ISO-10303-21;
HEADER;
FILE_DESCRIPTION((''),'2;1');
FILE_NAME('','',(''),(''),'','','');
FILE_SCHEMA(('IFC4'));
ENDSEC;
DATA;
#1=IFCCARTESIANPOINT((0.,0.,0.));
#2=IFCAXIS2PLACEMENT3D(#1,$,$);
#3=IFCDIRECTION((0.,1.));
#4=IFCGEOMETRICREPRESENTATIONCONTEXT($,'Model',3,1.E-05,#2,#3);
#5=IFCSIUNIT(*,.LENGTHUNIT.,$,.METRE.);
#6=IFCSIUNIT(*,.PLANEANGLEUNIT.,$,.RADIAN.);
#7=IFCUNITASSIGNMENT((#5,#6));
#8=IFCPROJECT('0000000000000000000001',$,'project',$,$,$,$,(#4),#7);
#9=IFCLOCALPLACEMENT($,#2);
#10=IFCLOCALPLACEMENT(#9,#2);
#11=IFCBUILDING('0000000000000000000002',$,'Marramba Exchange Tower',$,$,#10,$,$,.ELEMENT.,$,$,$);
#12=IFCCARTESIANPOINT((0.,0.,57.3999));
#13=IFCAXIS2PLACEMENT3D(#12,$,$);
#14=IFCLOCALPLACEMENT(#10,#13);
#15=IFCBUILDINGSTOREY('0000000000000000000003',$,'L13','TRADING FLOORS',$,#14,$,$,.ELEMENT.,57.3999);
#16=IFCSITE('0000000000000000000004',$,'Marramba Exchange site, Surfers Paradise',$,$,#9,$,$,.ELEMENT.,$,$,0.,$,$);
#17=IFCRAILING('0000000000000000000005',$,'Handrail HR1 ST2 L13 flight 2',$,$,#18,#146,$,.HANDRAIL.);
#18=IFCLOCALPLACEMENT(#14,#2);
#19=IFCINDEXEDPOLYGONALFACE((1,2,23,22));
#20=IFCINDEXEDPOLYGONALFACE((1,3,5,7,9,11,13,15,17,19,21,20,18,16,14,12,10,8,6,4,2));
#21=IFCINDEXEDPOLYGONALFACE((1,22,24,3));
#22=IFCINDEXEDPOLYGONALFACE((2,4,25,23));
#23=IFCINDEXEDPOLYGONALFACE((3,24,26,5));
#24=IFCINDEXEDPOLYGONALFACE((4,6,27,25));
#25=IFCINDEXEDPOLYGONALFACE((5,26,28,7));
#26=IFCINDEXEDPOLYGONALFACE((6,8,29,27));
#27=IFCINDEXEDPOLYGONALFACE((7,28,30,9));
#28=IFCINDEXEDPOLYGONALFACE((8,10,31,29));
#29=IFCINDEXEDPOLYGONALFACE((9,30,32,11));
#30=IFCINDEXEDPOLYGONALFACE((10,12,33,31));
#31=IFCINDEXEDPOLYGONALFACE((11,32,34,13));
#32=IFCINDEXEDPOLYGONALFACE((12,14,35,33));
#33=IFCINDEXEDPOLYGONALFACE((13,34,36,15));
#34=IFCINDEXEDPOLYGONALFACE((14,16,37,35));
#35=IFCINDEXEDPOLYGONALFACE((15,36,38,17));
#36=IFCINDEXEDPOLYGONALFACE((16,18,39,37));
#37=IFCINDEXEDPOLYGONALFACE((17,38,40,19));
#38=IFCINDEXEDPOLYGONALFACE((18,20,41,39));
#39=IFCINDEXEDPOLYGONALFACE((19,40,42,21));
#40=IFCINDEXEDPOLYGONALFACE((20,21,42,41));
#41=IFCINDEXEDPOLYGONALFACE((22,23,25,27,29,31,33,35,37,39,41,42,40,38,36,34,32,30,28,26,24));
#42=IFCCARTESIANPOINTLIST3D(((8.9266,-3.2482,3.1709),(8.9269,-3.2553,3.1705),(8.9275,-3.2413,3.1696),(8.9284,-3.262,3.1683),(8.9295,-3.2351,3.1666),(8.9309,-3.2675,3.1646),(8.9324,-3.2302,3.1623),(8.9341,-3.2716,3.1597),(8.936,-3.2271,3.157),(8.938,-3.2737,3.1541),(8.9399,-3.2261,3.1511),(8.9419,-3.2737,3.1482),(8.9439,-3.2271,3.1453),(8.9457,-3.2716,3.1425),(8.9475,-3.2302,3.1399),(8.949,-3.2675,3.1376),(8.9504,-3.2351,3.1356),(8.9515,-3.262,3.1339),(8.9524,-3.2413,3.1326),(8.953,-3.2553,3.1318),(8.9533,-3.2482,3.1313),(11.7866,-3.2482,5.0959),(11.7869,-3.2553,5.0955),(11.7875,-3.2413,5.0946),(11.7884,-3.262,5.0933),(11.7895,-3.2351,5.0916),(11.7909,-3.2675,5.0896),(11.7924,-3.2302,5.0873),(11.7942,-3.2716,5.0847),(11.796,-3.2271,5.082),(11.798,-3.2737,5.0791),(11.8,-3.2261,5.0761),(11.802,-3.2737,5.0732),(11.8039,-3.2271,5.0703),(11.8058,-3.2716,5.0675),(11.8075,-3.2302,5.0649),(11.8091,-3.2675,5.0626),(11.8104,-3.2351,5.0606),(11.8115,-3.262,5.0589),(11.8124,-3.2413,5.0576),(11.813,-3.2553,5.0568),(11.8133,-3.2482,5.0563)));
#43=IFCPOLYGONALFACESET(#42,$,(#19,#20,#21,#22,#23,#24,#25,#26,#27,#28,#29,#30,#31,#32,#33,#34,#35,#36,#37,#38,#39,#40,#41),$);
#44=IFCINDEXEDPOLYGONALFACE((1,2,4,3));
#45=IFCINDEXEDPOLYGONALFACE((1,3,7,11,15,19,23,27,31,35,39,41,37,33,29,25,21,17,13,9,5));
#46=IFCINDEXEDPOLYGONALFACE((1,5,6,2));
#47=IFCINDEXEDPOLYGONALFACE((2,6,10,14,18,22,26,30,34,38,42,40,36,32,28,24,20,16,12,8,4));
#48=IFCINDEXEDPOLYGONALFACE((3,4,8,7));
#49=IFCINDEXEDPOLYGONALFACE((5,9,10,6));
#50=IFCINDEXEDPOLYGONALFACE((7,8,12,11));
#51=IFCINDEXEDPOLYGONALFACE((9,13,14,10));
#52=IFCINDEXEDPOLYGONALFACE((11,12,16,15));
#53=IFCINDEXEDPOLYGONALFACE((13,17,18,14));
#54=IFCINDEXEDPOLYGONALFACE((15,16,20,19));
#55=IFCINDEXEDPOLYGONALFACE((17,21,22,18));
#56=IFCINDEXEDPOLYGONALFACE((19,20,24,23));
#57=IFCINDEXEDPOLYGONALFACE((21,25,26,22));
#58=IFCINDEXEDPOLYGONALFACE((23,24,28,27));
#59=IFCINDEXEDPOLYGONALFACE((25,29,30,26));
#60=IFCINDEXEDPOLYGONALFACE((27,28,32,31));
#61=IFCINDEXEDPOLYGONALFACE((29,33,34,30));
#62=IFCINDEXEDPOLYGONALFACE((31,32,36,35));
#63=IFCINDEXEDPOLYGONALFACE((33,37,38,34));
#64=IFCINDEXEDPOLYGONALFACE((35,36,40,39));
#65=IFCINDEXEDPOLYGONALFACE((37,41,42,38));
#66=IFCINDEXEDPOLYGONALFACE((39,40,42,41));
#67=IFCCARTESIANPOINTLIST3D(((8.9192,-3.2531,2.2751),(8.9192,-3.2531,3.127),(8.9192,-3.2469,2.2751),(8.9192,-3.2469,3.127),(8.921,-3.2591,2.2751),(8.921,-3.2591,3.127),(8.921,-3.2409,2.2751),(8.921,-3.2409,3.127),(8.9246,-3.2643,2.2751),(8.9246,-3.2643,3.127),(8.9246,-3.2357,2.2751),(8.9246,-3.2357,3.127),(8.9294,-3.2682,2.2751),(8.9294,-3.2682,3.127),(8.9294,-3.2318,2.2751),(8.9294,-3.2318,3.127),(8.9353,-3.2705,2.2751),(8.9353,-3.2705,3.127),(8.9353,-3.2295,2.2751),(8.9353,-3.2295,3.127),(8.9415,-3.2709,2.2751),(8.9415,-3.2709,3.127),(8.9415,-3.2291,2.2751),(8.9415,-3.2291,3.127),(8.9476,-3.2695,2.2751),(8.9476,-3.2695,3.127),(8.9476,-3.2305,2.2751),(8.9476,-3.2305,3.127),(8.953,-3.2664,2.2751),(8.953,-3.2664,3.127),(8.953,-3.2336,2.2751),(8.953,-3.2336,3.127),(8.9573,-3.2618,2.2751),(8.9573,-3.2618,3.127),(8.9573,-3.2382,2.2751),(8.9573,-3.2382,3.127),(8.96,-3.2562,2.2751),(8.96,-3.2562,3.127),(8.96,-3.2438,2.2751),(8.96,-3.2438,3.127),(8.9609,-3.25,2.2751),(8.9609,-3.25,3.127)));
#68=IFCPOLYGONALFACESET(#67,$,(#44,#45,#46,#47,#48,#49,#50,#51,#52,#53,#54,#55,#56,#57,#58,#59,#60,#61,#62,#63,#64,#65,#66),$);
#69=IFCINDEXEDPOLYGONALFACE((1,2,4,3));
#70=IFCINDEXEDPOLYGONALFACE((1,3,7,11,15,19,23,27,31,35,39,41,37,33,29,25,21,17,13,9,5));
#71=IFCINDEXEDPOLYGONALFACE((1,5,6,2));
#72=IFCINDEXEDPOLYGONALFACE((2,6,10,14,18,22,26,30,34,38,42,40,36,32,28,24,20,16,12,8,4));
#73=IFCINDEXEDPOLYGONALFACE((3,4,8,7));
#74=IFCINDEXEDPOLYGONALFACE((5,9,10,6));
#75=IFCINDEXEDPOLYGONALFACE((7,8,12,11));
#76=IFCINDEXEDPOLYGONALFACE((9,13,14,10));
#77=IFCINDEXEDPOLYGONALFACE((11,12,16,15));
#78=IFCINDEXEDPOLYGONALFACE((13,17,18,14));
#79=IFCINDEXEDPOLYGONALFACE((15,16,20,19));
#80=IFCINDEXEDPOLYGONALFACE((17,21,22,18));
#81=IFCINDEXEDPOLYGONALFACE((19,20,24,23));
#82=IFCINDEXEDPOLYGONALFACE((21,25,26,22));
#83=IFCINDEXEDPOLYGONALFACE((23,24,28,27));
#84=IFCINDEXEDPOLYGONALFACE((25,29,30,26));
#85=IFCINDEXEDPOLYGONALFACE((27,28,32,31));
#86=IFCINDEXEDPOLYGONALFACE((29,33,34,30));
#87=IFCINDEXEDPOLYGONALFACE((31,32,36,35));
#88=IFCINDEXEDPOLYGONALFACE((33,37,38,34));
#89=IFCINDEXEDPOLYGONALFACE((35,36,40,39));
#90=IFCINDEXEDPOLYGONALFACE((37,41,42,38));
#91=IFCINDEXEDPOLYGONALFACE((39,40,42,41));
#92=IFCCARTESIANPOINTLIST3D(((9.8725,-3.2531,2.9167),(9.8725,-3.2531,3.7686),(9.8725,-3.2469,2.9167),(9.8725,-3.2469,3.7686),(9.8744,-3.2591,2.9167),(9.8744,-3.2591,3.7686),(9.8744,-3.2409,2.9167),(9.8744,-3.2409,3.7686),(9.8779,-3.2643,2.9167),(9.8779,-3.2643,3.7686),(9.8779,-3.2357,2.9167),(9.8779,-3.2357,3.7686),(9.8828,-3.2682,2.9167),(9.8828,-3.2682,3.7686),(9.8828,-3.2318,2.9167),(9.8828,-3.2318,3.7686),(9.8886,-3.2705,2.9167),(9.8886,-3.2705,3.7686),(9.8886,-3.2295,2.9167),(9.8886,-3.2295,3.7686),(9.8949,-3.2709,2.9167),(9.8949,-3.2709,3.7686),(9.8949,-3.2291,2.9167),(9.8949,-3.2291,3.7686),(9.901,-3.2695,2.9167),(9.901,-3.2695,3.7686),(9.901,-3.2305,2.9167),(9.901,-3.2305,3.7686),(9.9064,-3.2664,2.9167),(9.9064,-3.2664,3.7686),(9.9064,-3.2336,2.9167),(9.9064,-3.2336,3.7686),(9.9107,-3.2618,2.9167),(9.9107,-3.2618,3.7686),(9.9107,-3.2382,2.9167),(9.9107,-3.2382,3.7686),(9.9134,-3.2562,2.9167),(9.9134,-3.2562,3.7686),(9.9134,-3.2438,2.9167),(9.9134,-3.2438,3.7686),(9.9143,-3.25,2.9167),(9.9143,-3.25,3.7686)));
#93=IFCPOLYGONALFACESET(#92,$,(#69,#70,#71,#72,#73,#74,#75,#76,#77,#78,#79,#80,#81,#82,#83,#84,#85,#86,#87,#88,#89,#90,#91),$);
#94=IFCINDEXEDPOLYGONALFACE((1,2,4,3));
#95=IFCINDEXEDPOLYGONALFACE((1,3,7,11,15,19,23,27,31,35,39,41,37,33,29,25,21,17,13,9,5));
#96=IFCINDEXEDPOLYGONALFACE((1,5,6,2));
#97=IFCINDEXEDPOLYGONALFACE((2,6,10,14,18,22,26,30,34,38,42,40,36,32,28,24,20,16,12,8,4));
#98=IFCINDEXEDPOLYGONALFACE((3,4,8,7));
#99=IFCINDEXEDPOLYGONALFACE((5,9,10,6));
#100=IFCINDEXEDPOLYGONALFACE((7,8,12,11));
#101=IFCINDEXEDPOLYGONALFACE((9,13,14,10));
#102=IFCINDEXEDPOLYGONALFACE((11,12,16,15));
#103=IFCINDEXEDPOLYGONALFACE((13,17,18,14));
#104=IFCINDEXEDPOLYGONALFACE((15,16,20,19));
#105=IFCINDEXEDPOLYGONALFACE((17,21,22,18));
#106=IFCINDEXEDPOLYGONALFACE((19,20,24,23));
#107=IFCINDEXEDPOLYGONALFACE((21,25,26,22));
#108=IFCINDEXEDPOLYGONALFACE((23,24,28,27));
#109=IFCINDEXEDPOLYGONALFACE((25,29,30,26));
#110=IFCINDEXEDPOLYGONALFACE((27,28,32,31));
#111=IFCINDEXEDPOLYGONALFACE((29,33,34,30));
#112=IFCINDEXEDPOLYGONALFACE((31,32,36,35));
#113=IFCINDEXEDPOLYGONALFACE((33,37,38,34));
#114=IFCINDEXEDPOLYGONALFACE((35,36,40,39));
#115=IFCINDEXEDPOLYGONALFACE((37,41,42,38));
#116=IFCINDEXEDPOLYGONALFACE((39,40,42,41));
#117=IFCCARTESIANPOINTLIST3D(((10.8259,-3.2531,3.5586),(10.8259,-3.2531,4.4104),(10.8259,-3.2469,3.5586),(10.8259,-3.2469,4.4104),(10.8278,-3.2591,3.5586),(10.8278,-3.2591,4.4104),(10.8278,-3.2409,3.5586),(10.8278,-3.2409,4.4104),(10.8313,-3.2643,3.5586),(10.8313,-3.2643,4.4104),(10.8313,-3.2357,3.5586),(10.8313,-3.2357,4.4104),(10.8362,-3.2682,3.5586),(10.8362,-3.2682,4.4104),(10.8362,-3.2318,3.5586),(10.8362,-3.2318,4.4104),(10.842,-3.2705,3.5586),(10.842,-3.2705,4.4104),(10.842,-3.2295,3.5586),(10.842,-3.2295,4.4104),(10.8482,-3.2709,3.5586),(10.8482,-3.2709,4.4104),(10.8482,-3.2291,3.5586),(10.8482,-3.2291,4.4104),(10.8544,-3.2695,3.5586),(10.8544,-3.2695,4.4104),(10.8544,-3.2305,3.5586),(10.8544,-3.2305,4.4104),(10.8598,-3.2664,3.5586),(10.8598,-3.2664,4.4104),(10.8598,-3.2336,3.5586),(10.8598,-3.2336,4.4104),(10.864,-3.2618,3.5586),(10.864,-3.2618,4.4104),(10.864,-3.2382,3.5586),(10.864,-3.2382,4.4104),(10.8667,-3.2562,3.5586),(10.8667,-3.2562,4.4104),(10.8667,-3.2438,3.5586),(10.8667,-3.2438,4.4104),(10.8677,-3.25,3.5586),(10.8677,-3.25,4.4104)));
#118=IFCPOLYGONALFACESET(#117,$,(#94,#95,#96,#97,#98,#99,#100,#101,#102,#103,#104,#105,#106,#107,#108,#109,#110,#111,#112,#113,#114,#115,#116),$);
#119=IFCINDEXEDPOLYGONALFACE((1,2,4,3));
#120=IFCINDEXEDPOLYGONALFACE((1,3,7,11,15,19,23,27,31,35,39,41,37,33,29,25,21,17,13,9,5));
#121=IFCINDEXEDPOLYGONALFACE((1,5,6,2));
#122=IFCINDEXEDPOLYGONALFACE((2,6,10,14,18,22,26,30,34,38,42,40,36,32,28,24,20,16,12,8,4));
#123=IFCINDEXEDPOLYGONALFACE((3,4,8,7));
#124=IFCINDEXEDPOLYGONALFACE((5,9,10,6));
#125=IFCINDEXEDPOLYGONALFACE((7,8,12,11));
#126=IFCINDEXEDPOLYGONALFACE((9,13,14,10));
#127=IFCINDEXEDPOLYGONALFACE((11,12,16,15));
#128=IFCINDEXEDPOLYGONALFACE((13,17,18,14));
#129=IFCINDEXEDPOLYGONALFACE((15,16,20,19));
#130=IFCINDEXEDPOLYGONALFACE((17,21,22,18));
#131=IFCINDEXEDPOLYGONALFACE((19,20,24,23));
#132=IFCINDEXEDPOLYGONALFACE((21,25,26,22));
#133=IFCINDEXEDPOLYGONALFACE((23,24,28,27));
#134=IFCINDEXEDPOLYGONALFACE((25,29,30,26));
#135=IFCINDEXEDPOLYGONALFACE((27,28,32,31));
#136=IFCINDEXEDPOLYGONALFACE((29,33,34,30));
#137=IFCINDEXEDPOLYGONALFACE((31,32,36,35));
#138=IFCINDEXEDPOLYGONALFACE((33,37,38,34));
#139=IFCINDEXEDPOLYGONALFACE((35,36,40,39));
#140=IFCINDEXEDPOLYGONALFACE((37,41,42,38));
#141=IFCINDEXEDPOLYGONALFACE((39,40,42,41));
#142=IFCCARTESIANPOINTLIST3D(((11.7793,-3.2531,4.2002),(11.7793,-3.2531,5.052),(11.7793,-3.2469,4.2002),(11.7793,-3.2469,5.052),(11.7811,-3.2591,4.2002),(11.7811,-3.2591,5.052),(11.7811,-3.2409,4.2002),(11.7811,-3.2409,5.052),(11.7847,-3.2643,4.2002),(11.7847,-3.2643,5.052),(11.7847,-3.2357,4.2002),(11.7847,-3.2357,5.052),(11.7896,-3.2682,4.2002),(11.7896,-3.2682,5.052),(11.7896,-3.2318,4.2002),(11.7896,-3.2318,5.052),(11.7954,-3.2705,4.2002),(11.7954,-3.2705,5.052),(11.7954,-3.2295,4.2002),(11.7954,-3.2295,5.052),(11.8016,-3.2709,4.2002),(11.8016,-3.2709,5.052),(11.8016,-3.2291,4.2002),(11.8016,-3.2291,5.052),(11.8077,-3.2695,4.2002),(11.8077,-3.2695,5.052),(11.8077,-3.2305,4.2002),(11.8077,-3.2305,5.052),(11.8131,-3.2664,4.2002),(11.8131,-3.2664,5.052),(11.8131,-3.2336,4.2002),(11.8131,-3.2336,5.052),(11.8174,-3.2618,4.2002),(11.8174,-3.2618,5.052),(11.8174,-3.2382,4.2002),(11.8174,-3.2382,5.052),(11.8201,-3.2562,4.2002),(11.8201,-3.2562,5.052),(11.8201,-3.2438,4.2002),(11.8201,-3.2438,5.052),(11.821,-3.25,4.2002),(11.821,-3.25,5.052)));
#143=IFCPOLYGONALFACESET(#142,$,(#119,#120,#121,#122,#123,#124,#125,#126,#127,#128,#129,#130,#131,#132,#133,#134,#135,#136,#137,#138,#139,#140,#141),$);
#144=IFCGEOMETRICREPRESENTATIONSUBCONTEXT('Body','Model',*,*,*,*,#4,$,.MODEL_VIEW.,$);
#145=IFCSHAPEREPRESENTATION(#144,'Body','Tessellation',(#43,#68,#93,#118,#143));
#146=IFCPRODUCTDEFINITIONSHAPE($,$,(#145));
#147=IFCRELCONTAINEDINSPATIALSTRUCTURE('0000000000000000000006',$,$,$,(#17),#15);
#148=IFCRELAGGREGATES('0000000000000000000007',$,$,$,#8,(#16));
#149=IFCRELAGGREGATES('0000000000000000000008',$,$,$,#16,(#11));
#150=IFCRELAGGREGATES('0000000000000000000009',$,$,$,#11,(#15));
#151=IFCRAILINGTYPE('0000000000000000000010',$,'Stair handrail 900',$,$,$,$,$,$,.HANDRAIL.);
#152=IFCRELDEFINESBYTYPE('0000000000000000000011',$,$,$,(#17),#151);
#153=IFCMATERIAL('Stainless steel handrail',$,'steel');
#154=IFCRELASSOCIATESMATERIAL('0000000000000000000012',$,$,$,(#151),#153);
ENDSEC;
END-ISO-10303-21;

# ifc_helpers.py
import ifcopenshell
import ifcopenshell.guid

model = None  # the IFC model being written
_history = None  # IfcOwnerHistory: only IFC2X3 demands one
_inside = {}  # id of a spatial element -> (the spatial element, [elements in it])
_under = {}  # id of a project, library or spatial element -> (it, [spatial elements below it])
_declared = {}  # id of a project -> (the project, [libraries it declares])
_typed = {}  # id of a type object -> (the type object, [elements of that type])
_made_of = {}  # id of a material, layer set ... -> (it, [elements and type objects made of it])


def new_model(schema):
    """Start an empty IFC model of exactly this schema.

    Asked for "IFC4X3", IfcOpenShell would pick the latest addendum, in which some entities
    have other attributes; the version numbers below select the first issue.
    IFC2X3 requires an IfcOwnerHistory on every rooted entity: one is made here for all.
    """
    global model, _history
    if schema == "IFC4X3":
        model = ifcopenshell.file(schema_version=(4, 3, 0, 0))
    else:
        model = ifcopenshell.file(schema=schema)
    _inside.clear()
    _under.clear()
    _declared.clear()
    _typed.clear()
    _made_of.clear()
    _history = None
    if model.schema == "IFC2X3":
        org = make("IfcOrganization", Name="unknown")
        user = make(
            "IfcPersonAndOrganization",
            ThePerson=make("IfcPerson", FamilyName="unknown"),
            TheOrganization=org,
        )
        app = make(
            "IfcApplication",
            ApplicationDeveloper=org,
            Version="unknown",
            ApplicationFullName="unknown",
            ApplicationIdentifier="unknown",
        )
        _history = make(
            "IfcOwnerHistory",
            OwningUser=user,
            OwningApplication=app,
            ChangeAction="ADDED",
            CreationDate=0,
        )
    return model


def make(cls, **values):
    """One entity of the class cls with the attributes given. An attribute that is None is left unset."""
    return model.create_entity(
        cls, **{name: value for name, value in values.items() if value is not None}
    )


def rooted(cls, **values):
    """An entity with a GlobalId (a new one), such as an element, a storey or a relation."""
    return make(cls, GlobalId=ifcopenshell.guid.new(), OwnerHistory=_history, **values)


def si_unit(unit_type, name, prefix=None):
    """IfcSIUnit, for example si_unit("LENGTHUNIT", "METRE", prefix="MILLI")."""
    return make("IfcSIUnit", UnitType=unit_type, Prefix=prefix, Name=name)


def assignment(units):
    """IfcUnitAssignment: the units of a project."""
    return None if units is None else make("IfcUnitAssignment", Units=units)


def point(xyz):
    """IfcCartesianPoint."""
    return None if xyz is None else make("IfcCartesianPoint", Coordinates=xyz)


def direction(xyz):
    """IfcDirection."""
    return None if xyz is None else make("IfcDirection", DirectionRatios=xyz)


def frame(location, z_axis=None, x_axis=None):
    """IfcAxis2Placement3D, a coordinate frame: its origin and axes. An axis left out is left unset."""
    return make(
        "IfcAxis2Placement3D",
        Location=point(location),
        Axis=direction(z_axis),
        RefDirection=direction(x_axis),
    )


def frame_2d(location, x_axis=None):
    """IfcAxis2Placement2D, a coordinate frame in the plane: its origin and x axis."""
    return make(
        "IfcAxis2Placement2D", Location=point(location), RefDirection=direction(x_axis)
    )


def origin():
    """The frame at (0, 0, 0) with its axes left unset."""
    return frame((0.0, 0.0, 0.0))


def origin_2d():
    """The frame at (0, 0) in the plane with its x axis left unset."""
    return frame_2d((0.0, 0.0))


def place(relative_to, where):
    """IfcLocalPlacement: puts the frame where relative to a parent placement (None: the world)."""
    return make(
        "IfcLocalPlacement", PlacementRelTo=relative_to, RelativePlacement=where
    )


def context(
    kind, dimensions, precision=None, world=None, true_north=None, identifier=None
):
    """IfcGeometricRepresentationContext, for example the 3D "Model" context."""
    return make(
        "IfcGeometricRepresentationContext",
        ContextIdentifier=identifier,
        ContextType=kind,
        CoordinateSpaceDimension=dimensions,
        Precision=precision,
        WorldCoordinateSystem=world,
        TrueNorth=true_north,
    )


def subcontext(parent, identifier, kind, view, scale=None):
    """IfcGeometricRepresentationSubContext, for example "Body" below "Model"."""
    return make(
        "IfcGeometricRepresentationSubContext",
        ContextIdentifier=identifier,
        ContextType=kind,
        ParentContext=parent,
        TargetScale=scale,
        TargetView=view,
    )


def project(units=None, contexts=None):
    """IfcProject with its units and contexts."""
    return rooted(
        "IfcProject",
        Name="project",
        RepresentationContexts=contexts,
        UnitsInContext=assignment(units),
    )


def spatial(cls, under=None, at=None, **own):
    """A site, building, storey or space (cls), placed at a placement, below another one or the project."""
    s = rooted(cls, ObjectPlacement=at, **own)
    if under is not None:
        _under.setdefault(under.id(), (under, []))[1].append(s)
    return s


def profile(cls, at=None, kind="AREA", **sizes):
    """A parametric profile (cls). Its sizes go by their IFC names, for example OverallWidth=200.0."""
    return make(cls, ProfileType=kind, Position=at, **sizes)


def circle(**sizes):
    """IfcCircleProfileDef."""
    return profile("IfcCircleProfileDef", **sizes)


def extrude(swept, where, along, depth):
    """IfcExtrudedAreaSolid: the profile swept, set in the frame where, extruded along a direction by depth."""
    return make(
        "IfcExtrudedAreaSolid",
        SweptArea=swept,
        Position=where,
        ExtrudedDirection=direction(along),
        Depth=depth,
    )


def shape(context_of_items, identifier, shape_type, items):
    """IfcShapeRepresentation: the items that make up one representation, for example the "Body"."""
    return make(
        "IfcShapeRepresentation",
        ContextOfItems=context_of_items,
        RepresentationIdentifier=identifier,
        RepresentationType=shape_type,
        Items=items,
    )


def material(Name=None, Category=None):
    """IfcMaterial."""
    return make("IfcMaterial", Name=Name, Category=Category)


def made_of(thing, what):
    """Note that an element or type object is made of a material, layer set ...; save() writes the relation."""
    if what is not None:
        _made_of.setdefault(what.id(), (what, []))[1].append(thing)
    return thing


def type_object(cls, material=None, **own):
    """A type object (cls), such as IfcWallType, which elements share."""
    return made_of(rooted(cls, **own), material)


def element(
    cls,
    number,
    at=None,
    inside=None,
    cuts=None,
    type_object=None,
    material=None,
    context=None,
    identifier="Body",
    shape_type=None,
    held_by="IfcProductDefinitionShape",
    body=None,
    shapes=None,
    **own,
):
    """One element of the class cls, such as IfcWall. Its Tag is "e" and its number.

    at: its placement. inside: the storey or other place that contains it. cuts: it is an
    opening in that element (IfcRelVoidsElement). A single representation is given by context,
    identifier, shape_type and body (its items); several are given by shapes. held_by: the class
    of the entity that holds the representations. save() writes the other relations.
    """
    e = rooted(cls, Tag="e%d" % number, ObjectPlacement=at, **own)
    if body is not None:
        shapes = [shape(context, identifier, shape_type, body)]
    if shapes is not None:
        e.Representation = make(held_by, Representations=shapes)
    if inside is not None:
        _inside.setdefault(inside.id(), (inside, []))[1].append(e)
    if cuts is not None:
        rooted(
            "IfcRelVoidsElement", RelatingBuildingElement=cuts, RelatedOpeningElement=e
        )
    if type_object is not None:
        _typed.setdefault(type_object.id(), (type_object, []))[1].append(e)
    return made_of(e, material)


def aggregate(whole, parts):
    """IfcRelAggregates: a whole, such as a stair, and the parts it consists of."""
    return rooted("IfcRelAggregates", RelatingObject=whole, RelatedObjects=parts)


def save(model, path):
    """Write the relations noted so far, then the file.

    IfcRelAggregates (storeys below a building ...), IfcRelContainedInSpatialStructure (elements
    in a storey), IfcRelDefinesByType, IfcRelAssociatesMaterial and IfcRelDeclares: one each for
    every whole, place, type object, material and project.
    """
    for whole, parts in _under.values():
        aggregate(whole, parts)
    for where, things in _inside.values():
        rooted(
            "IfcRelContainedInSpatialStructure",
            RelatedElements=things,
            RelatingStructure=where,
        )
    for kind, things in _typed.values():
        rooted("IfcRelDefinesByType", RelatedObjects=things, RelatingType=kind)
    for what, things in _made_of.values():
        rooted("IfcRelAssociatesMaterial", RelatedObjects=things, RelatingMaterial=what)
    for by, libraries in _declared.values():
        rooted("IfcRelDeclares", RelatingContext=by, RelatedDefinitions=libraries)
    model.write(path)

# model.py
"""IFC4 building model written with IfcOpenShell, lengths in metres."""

from ifc_helpers import new_model, si_unit, direction, frame, origin, origin_2d, place, context, subcontext, project, spatial, circle, extrude, material, type_object, element, save


model = new_model("IFC4")

# Units and contexts
model_context = context("Model", 3, precision=1e-05, world=origin(), true_north=direction((0.0, 1.0)))
body_context = subcontext(model_context, "Body", "Model", "MODEL_VIEW")
ifc_project = project(units=[si_unit("LENGTHUNIT", "METRE"), si_unit("PLANEANGLEUNIT", "RADIAN")], contexts=[model_context])

# Site, building, storey
site_placement = place(None, origin())
site = spatial("IfcSite", under=ifc_project, at=site_placement, Name="Marramba Exchange site, Surfers Paradise", CompositionType="ELEMENT", RefElevation=0.0)
building_placement = place(site_placement, origin())
building = spatial("IfcBuilding", under=site, at=building_placement, Name="Marramba Exchange Tower", CompositionType="ELEMENT")
storey_placement = place(building_placement, frame((0.0, 0.0, 57.3999)))
storey = spatial("IfcBuildingStorey", under=building, at=storey_placement, Name="L13", Description="TRADING FLOORS", CompositionType="ELEMENT", Elevation=57.3999)

# Railing
ifc_material_1 = material(Name="Stainless steel handrail", Category="steel")
railing_type = type_object("IfcRailingType", Name="Stair handrail 900", PredefinedType="HANDRAIL", material=ifc_material_1)
railing_placement = place(storey_placement, frame((8.9399, -3.25, 2.2751)))
element("IfcRailing", 1, at=railing_placement, inside=storey, type_object=railing_type, Name="Handrail HR1 ST2 L13 flight 2", PredefinedType="HANDRAIL", context=body_context, shape_type="SweptSolid", body=[
    extrude(circle(Radius=0.0239, at=origin_2d()), frame((0.0, 0.0, 0.876), z_axis=(0.829591, 0.0, 0.558372), x_axis=(0.0, 1.0, 0.0)), (0.0, 0.0, 1.0), 3.4475),
    extrude(circle(Radius=0.021, at=origin_2d()), origin(), (0.0, 0.0, 1.0), 0.8518),
    extrude(circle(Radius=0.021, at=origin_2d()), frame((0.9534, 0.0, 0.6416)), (0.0, 0.0, 1.0), 0.8518),
    extrude(circle(Radius=0.021, at=origin_2d()), frame((1.9067, 0.0, 1.2834)), (0.0, 0.0, 1.0), 0.8518),
    extrude(circle(Radius=0.021, at=origin_2d()), frame((2.8601, 0.0, 1.925)), (0.0, 0.0, 1.0), 0.8518),
])

save(model, "model.ifc")
